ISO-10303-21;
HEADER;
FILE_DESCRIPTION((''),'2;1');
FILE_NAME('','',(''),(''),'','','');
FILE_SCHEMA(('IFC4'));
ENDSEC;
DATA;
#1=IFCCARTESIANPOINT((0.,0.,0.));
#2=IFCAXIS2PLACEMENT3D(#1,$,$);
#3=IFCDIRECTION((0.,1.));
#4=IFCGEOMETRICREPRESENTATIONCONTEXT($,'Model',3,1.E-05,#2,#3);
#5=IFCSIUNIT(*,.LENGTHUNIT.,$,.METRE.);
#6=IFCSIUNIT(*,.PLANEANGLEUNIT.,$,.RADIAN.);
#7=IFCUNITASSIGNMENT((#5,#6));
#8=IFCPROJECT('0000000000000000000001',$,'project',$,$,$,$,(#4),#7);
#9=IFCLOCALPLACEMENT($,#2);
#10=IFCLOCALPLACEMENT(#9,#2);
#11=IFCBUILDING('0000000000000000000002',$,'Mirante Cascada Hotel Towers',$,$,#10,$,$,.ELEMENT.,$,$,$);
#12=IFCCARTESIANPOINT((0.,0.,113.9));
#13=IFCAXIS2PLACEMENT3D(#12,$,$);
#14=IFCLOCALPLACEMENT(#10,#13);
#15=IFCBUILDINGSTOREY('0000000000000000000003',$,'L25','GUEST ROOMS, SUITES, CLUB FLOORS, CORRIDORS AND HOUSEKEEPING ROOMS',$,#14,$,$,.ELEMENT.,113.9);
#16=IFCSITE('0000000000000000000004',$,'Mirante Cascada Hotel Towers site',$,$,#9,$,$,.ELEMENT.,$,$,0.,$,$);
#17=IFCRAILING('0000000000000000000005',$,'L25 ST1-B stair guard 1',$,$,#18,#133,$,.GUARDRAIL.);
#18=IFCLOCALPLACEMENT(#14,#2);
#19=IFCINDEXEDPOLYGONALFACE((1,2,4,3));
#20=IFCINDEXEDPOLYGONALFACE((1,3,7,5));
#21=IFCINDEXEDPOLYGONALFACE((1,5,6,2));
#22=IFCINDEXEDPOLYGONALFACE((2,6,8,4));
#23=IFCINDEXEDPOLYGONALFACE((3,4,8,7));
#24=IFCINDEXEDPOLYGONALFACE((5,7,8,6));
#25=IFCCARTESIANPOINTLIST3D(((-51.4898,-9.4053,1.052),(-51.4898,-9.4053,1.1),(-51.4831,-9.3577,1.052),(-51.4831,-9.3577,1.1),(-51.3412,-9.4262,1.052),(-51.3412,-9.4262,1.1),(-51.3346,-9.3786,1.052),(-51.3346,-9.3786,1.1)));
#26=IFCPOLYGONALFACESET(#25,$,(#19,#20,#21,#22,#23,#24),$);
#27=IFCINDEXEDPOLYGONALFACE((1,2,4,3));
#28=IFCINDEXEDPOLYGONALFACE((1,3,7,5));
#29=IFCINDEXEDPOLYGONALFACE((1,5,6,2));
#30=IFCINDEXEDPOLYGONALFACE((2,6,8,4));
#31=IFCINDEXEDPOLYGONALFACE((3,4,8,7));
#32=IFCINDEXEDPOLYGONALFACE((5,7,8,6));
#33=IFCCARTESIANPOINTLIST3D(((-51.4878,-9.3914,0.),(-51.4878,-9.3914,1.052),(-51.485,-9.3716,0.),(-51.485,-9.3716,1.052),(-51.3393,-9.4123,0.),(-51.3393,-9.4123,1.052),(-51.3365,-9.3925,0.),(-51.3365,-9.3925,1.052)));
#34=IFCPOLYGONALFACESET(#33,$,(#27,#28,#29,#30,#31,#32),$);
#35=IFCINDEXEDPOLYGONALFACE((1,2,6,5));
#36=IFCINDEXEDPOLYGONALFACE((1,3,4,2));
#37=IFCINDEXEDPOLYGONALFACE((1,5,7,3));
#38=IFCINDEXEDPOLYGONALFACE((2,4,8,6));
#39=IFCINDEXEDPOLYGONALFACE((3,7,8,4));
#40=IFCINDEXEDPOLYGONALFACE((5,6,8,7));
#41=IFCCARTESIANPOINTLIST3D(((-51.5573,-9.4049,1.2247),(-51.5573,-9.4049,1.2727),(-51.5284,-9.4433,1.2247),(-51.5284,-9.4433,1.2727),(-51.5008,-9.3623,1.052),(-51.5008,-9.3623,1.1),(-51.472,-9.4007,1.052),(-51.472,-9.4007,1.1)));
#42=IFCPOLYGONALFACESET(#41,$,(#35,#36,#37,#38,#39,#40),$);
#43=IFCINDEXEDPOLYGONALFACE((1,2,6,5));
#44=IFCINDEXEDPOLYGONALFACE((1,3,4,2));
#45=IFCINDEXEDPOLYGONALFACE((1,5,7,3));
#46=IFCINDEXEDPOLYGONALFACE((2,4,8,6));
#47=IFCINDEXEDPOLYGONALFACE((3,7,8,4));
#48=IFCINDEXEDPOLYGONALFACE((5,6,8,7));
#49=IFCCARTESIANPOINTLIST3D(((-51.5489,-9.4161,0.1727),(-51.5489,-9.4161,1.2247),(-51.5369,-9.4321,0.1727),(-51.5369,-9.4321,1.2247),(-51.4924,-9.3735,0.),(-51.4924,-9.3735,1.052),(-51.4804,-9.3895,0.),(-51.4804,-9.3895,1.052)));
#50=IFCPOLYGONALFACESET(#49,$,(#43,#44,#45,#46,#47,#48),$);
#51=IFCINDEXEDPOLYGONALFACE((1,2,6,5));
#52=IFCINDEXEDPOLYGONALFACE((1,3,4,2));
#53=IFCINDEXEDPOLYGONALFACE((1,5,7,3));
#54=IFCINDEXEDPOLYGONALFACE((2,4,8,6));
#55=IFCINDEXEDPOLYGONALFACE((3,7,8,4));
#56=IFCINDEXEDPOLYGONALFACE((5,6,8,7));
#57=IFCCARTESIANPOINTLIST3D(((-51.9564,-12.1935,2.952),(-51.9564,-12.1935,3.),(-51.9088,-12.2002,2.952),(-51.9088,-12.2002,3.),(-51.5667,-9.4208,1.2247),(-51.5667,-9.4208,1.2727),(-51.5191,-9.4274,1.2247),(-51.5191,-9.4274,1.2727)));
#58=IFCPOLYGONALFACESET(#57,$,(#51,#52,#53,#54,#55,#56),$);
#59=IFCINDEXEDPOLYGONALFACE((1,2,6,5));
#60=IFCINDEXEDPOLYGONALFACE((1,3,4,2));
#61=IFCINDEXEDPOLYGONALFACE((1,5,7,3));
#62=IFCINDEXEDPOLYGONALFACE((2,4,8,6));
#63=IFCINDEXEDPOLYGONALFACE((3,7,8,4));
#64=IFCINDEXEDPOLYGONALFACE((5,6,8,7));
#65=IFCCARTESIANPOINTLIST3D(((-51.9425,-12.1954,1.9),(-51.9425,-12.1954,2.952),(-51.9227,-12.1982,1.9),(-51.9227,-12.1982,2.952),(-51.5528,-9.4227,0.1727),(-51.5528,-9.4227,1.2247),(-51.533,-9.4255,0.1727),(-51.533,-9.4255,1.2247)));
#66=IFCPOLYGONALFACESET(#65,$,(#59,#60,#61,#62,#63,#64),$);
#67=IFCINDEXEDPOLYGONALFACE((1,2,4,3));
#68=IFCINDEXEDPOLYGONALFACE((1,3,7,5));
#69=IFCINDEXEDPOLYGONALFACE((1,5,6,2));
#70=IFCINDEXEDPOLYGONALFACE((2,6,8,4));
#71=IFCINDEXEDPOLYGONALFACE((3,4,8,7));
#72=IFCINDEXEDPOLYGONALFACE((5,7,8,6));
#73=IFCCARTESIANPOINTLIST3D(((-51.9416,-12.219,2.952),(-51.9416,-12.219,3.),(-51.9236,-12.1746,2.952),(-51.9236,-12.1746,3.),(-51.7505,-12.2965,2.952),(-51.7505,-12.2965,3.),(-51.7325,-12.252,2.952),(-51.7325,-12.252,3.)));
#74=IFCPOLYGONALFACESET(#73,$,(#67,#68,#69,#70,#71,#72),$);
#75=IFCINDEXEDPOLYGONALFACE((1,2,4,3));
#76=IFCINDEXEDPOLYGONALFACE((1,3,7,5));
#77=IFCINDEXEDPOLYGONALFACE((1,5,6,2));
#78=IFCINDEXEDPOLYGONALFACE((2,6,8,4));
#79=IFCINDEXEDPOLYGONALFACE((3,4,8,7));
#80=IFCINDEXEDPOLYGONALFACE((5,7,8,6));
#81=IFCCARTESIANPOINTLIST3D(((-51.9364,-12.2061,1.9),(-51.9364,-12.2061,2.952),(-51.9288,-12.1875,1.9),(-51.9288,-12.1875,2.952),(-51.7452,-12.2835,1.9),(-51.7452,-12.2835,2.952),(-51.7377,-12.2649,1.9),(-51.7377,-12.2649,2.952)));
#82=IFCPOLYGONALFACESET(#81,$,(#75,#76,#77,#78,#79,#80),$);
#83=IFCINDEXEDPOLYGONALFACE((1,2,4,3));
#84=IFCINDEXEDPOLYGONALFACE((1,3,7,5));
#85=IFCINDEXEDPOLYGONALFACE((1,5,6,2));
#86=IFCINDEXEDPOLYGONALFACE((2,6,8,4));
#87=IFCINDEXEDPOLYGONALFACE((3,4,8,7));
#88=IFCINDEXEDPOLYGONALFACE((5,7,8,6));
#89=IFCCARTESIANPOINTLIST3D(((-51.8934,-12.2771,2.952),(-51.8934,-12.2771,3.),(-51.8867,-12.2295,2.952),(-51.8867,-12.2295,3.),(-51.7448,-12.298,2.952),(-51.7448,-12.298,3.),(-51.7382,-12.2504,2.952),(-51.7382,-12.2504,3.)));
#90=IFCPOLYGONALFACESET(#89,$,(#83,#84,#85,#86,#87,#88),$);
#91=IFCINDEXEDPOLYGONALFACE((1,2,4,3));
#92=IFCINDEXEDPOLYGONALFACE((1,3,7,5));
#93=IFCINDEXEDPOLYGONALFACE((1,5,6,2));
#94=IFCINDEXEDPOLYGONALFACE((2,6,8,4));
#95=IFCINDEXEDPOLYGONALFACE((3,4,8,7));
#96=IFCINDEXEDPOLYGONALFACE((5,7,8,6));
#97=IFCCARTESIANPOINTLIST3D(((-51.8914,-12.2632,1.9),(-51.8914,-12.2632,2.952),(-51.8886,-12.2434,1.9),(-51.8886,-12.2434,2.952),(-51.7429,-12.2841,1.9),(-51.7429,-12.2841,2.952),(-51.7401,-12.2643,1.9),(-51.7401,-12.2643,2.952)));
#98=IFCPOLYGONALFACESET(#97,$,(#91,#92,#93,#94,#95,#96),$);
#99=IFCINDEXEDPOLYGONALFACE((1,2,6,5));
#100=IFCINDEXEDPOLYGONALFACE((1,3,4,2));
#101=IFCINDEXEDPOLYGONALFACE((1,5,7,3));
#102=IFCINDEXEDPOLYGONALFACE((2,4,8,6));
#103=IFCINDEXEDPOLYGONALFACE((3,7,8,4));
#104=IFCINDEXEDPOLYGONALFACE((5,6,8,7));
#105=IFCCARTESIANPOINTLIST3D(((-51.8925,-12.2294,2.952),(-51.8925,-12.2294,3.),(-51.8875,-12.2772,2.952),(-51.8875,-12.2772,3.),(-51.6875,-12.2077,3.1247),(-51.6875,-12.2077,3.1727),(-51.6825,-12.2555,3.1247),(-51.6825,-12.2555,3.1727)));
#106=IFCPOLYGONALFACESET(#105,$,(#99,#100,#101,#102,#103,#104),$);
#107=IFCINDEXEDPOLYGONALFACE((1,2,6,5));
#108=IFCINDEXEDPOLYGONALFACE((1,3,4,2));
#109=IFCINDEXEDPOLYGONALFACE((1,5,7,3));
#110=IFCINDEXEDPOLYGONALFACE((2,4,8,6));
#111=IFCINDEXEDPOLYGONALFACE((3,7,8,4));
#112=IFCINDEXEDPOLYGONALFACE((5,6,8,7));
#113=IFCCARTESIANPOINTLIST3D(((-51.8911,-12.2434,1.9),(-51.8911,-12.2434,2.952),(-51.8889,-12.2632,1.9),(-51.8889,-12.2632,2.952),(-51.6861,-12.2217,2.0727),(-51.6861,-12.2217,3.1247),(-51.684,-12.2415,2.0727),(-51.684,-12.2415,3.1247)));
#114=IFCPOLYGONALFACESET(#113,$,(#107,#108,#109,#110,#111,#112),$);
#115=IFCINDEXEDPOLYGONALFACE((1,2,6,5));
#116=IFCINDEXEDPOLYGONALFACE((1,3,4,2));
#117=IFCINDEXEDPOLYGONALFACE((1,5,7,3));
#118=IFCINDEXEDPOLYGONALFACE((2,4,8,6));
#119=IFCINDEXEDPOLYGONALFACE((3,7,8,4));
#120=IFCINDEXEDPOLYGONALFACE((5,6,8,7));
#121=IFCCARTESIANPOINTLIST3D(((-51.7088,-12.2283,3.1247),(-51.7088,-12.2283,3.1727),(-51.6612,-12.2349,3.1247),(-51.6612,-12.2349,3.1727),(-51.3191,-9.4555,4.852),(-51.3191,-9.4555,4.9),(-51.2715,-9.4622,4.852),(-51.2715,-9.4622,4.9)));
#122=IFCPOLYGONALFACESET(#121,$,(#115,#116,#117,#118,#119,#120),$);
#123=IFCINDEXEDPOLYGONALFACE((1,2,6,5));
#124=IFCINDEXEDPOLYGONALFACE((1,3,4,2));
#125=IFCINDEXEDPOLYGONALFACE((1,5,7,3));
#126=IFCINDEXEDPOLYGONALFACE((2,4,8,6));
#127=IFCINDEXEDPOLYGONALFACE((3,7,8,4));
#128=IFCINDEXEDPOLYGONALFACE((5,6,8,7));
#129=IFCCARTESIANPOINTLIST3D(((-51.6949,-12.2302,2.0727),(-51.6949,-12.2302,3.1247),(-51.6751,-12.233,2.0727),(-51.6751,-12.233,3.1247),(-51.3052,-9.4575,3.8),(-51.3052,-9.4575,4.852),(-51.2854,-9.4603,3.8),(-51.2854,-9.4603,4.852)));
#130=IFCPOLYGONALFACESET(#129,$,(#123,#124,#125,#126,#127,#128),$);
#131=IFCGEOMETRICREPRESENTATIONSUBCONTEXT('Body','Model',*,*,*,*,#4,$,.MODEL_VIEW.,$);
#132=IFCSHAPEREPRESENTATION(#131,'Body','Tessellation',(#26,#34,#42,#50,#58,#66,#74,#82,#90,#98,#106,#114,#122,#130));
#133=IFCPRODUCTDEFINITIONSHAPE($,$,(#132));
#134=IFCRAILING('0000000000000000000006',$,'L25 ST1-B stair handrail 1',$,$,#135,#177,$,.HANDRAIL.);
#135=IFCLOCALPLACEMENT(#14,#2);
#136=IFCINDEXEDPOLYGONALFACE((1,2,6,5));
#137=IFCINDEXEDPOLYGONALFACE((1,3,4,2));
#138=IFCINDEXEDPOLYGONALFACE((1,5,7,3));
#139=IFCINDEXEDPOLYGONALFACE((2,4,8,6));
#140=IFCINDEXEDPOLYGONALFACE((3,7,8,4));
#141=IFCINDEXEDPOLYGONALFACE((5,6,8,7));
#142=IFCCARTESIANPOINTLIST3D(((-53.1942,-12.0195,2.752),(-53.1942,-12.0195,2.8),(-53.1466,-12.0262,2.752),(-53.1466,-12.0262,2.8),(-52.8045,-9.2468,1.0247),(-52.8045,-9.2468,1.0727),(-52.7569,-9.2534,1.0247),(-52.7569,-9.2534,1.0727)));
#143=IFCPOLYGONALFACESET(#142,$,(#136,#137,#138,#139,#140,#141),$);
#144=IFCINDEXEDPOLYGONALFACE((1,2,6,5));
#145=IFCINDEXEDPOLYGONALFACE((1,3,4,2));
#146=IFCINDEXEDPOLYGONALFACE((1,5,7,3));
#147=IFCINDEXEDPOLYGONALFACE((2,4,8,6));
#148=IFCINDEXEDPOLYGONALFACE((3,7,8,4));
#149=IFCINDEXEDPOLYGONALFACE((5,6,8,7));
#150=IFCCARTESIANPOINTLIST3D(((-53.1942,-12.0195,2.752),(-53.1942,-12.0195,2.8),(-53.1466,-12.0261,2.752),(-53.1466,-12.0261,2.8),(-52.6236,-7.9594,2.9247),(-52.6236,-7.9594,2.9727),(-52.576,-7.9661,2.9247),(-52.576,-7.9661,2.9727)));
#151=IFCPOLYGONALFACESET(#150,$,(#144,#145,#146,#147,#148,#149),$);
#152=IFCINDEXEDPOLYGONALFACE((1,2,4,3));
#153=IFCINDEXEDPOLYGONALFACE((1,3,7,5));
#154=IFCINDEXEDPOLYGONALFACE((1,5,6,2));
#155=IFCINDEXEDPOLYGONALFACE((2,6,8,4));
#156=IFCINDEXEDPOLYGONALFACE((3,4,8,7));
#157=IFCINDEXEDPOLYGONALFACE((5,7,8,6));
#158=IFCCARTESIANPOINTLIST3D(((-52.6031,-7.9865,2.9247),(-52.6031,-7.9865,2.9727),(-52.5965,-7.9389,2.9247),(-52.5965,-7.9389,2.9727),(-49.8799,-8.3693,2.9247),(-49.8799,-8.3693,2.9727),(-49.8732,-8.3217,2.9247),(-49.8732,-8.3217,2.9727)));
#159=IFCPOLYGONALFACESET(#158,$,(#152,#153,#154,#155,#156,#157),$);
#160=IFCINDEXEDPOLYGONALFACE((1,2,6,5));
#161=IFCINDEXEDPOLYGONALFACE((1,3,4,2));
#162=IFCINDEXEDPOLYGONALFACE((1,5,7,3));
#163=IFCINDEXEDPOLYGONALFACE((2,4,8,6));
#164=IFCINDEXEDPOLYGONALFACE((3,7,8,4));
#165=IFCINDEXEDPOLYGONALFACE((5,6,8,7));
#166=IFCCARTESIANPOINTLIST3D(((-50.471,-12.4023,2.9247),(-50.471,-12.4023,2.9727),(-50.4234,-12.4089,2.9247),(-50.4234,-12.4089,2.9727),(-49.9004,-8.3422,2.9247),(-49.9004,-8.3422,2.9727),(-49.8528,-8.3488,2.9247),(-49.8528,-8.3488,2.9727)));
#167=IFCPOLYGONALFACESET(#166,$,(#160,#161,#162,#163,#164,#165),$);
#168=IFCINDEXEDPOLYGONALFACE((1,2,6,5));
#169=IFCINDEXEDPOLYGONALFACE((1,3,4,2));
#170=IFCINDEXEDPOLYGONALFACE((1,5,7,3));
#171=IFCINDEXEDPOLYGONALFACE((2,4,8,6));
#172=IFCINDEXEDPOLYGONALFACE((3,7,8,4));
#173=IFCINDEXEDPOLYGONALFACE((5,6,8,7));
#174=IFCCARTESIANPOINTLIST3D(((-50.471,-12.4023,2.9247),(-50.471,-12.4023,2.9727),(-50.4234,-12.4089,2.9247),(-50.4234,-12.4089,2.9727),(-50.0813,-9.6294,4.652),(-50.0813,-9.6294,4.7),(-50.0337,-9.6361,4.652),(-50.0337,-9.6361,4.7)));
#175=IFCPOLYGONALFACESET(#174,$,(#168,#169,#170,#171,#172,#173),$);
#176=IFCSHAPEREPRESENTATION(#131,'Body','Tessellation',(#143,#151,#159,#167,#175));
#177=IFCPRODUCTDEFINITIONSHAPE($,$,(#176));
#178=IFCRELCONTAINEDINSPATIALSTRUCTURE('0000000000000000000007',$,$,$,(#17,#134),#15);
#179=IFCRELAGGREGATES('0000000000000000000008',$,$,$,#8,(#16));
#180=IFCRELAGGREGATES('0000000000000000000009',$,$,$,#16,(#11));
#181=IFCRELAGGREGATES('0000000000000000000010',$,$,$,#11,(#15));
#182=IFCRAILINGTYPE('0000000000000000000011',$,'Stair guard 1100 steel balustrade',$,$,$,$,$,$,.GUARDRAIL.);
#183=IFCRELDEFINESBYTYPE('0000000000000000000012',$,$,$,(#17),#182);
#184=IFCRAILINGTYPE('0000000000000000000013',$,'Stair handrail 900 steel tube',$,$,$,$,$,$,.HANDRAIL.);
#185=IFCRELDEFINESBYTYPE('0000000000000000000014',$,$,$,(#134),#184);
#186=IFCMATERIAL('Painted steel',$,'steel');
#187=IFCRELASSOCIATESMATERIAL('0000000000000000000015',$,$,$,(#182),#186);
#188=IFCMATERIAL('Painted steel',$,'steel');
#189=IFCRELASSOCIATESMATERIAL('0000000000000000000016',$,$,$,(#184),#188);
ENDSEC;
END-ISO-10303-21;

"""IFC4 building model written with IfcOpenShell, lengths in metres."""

from ifc_helpers import new_model, si_unit, direction, frame, origin, origin_2d, place, context, subcontext, project, spatial, rectangle, extrude, material, type_object, element, save


model = new_model("IFC4")

# Units and contexts
model_context = context("Model", 3, precision=1e-05, world=origin(), true_north=direction((0.0, 1.0)))
body_context = subcontext(model_context, "Body", "Model", "MODEL_VIEW")
ifc_project = project(units=[si_unit("LENGTHUNIT", "METRE"), si_unit("PLANEANGLEUNIT", "RADIAN")], contexts=[model_context])

# Site, building, storey
site_placement = place(None, origin())
site = spatial("IfcSite", under=ifc_project, at=site_placement, Name="Mirante Cascada Hotel Towers site", CompositionType="ELEMENT", RefElevation=0.0)
building_placement = place(site_placement, origin())
building = spatial("IfcBuilding", under=site, at=building_placement, Name="Mirante Cascada Hotel Towers", CompositionType="ELEMENT")
storey_placement = place(building_placement, frame((0.0, 0.0, 113.9)))
storey = spatial("IfcBuildingStorey", under=building, at=storey_placement, Name="L25", Description="GUEST ROOMS, SUITES, CLUB FLOORS, CORRIDORS AND HOUSEKEEPING ROOMS", CompositionType="ELEMENT", Elevation=113.9)

# Railings
ifc_material_1 = material(Name="Painted steel", Category="steel")
railing_type_1 = type_object("IfcRailingType", Name="Stair guard 1100 steel balustrade", PredefinedType="GUARDRAIL", material=ifc_material_1)
railing_1_placement = place(storey_placement, frame((-51.3379, -9.4024, 0.0)))
element("IfcRailing", 1, at=railing_1_placement, inside=storey, type_object=railing_type_1, Name="L25 ST1-B stair guard 1", PredefinedType="GUARDRAIL", context=body_context, shape_type="SweptSolid", body=[
    extrude(rectangle(XDim=0.048, YDim=0.048, at=origin_2d()), frame((0.0, 0.0, 1.076), z_axis=(-0.990241, 0.139367, 0.0), x_axis=(-0.139367, -0.990241, 0.0)), (0.0, 0.0, 1.0), 0.15),
    extrude(rectangle(XDim=0.02, YDim=1.052, at=origin_2d()), frame((0.0, 0.0, 0.526), z_axis=(-0.990241, 0.139367, 0.0), x_axis=(-0.139367, -0.990241, 0.0)), (0.0, 0.0, 1.0), 0.15),
    extrude(rectangle(XDim=0.048, YDim=0.048, at=origin_2d()), frame((-0.1485, 0.0209, 1.076), z_axis=(-0.798471, -0.602033, 0.0), x_axis=(0.602033, -0.798471, 0.0)), (0.0, 0.92534, 0.379139), 0.1866),
    extrude(rectangle(XDim=0.02, YDim=1.052, at=origin_2d()), frame((-0.1485, 0.0209, 0.526), z_axis=(-0.798471, -0.602033, 0.0), x_axis=(0.602033, -0.798471, 0.0)), (0.0, 0.92534, 0.379139), 0.1866),
    extrude(rectangle(XDim=0.048, YDim=0.048, at=origin_2d()), frame((-0.205, -0.0217, 1.2487), z_axis=(-0.139181, -0.990267, 0.0), x_axis=(0.990267, -0.139181, 0.0)), (0.0, 0.525035, 0.851081), 3.2899),
    extrude(rectangle(XDim=0.02, YDim=1.052, at=origin_2d()), frame((-0.205, -0.0217, 0.6987), z_axis=(-0.139181, -0.990267, 0.0), x_axis=(0.990267, -0.139181, 0.0)), (0.0, 0.525035, 0.851081), 3.2899),
    extrude(rectangle(XDim=0.048, YDim=0.048, at=origin_2d()), frame((-0.5947, -2.7944, 2.976), z_axis=(0.926862, -0.375401, 0.0), x_axis=(0.375401, 0.926862, 0.0)), (0.0, 0.0, 1.0), 0.2062),
    extrude(rectangle(XDim=0.02, YDim=1.052, at=origin_2d()), frame((-0.5947, -2.7944, 2.426), z_axis=(0.926862, -0.375401, 0.0), x_axis=(0.375401, 0.926862, 0.0)), (0.0, 0.0, 1.0), 0.2062),
    extrude(rectangle(XDim=0.048, YDim=0.048, at=origin_2d()), frame((-0.4036, -2.8718, 2.976), z_axis=(-0.990241, 0.139367, 0.0), x_axis=(-0.139367, -0.990241, 0.0)), (0.0, 0.0, 1.0), 0.15),
    extrude(rectangle(XDim=0.02, YDim=1.052, at=origin_2d()), frame((-0.4036, -2.8718, 2.426), z_axis=(-0.990241, 0.139367, 0.0), x_axis=(-0.139367, -0.990241, 0.0)), (0.0, 0.0, 1.0), 0.15),
    extrude(rectangle(XDim=0.048, YDim=0.048, at=origin_2d()), frame((-0.5521, -2.8509, 2.976), z_axis=(0.994444, 0.105266, 0.0), x_axis=(-0.105266, 0.994444, 0.0)), (0.0, 0.642184, 0.76655), 0.2689),
    extrude(rectangle(XDim=0.02, YDim=1.052, at=origin_2d()), frame((-0.5521, -2.8509, 2.426), z_axis=(0.994444, 0.105266, 0.0), x_axis=(-0.105266, 0.994444, 0.0)), (0.0, 0.642184, 0.76655), 0.2689),
    extrude(rectangle(XDim=0.048, YDim=0.048, at=origin_2d()), frame((-0.3471, -2.8292, 3.1487), z_axis=(0.139181, 0.990267, 0.0), x_axis=(-0.990267, 0.139181, 0.0)), (0.0, 0.525035, 0.851081), 3.2899),
    extrude(rectangle(XDim=0.02, YDim=1.052, at=origin_2d()), frame((-0.3471, -2.8292, 2.5987), z_axis=(0.139181, 0.990267, 0.0), x_axis=(-0.990267, 0.139181, 0.0)), (0.0, 0.525035, 0.851081), 3.2899),
])
ifc_material_2 = material(Name="Painted steel", Category="steel")
railing_type_2 = type_object("IfcRailingType", Name="Stair handrail 900 steel tube", PredefinedType="HANDRAIL", material=ifc_material_2)
railing_2_placement = place(storey_placement, frame((-52.7807, -9.2501, 0.1727)))
element("IfcRailing", 2, at=railing_2_placement, inside=storey, type_object=railing_type_2, Name="L25 ST1-B stair handrail 1", PredefinedType="HANDRAIL", context=body_context, shape_type="SweptSolid", body=[
    extrude(rectangle(XDim=0.048, YDim=0.048, at=origin_2d()), frame((0.0, 0.0, 0.876), z_axis=(-0.139181, -0.990267, 0.0), x_axis=(0.990267, -0.139181, 0.0)), (0.0, 0.525035, 0.851081), 3.2899),
    extrude(rectangle(XDim=0.048, YDim=0.048, at=origin_2d()), frame((-0.3897, -2.7727, 2.6033), z_axis=(0.139171, 0.990268, 0.0), x_axis=(-0.990268, 0.139171, 0.0)), (0.0, 0.042085, 0.999114), 4.1036),
    extrude(rectangle(XDim=0.048, YDim=0.048, at=origin_2d()), frame((0.1809, 1.2874, 2.776), z_axis=(0.990264, -0.139201, 0.0), x_axis=(0.139201, 0.990264, 0.0)), (0.0, 0.0, 1.0), 2.75),
    extrude(rectangle(XDim=0.048, YDim=0.048, at=origin_2d()), frame((2.9041, 0.9046, 2.776), z_axis=(-0.139171, -0.990268, 0.0), x_axis=(0.990268, -0.139171, 0.0)), (0.0, 0.0, 1.0), 4.1),
    extrude(rectangle(XDim=0.048, YDim=0.048, at=origin_2d()), frame((2.3335, -3.1555, 2.776), z_axis=(0.139176, 0.990268, 0.0), x_axis=(-0.990268, 0.139176, 0.0)), (0.0, 0.525021, 0.851089), 3.29),
])

save(model, "model.ifc")
